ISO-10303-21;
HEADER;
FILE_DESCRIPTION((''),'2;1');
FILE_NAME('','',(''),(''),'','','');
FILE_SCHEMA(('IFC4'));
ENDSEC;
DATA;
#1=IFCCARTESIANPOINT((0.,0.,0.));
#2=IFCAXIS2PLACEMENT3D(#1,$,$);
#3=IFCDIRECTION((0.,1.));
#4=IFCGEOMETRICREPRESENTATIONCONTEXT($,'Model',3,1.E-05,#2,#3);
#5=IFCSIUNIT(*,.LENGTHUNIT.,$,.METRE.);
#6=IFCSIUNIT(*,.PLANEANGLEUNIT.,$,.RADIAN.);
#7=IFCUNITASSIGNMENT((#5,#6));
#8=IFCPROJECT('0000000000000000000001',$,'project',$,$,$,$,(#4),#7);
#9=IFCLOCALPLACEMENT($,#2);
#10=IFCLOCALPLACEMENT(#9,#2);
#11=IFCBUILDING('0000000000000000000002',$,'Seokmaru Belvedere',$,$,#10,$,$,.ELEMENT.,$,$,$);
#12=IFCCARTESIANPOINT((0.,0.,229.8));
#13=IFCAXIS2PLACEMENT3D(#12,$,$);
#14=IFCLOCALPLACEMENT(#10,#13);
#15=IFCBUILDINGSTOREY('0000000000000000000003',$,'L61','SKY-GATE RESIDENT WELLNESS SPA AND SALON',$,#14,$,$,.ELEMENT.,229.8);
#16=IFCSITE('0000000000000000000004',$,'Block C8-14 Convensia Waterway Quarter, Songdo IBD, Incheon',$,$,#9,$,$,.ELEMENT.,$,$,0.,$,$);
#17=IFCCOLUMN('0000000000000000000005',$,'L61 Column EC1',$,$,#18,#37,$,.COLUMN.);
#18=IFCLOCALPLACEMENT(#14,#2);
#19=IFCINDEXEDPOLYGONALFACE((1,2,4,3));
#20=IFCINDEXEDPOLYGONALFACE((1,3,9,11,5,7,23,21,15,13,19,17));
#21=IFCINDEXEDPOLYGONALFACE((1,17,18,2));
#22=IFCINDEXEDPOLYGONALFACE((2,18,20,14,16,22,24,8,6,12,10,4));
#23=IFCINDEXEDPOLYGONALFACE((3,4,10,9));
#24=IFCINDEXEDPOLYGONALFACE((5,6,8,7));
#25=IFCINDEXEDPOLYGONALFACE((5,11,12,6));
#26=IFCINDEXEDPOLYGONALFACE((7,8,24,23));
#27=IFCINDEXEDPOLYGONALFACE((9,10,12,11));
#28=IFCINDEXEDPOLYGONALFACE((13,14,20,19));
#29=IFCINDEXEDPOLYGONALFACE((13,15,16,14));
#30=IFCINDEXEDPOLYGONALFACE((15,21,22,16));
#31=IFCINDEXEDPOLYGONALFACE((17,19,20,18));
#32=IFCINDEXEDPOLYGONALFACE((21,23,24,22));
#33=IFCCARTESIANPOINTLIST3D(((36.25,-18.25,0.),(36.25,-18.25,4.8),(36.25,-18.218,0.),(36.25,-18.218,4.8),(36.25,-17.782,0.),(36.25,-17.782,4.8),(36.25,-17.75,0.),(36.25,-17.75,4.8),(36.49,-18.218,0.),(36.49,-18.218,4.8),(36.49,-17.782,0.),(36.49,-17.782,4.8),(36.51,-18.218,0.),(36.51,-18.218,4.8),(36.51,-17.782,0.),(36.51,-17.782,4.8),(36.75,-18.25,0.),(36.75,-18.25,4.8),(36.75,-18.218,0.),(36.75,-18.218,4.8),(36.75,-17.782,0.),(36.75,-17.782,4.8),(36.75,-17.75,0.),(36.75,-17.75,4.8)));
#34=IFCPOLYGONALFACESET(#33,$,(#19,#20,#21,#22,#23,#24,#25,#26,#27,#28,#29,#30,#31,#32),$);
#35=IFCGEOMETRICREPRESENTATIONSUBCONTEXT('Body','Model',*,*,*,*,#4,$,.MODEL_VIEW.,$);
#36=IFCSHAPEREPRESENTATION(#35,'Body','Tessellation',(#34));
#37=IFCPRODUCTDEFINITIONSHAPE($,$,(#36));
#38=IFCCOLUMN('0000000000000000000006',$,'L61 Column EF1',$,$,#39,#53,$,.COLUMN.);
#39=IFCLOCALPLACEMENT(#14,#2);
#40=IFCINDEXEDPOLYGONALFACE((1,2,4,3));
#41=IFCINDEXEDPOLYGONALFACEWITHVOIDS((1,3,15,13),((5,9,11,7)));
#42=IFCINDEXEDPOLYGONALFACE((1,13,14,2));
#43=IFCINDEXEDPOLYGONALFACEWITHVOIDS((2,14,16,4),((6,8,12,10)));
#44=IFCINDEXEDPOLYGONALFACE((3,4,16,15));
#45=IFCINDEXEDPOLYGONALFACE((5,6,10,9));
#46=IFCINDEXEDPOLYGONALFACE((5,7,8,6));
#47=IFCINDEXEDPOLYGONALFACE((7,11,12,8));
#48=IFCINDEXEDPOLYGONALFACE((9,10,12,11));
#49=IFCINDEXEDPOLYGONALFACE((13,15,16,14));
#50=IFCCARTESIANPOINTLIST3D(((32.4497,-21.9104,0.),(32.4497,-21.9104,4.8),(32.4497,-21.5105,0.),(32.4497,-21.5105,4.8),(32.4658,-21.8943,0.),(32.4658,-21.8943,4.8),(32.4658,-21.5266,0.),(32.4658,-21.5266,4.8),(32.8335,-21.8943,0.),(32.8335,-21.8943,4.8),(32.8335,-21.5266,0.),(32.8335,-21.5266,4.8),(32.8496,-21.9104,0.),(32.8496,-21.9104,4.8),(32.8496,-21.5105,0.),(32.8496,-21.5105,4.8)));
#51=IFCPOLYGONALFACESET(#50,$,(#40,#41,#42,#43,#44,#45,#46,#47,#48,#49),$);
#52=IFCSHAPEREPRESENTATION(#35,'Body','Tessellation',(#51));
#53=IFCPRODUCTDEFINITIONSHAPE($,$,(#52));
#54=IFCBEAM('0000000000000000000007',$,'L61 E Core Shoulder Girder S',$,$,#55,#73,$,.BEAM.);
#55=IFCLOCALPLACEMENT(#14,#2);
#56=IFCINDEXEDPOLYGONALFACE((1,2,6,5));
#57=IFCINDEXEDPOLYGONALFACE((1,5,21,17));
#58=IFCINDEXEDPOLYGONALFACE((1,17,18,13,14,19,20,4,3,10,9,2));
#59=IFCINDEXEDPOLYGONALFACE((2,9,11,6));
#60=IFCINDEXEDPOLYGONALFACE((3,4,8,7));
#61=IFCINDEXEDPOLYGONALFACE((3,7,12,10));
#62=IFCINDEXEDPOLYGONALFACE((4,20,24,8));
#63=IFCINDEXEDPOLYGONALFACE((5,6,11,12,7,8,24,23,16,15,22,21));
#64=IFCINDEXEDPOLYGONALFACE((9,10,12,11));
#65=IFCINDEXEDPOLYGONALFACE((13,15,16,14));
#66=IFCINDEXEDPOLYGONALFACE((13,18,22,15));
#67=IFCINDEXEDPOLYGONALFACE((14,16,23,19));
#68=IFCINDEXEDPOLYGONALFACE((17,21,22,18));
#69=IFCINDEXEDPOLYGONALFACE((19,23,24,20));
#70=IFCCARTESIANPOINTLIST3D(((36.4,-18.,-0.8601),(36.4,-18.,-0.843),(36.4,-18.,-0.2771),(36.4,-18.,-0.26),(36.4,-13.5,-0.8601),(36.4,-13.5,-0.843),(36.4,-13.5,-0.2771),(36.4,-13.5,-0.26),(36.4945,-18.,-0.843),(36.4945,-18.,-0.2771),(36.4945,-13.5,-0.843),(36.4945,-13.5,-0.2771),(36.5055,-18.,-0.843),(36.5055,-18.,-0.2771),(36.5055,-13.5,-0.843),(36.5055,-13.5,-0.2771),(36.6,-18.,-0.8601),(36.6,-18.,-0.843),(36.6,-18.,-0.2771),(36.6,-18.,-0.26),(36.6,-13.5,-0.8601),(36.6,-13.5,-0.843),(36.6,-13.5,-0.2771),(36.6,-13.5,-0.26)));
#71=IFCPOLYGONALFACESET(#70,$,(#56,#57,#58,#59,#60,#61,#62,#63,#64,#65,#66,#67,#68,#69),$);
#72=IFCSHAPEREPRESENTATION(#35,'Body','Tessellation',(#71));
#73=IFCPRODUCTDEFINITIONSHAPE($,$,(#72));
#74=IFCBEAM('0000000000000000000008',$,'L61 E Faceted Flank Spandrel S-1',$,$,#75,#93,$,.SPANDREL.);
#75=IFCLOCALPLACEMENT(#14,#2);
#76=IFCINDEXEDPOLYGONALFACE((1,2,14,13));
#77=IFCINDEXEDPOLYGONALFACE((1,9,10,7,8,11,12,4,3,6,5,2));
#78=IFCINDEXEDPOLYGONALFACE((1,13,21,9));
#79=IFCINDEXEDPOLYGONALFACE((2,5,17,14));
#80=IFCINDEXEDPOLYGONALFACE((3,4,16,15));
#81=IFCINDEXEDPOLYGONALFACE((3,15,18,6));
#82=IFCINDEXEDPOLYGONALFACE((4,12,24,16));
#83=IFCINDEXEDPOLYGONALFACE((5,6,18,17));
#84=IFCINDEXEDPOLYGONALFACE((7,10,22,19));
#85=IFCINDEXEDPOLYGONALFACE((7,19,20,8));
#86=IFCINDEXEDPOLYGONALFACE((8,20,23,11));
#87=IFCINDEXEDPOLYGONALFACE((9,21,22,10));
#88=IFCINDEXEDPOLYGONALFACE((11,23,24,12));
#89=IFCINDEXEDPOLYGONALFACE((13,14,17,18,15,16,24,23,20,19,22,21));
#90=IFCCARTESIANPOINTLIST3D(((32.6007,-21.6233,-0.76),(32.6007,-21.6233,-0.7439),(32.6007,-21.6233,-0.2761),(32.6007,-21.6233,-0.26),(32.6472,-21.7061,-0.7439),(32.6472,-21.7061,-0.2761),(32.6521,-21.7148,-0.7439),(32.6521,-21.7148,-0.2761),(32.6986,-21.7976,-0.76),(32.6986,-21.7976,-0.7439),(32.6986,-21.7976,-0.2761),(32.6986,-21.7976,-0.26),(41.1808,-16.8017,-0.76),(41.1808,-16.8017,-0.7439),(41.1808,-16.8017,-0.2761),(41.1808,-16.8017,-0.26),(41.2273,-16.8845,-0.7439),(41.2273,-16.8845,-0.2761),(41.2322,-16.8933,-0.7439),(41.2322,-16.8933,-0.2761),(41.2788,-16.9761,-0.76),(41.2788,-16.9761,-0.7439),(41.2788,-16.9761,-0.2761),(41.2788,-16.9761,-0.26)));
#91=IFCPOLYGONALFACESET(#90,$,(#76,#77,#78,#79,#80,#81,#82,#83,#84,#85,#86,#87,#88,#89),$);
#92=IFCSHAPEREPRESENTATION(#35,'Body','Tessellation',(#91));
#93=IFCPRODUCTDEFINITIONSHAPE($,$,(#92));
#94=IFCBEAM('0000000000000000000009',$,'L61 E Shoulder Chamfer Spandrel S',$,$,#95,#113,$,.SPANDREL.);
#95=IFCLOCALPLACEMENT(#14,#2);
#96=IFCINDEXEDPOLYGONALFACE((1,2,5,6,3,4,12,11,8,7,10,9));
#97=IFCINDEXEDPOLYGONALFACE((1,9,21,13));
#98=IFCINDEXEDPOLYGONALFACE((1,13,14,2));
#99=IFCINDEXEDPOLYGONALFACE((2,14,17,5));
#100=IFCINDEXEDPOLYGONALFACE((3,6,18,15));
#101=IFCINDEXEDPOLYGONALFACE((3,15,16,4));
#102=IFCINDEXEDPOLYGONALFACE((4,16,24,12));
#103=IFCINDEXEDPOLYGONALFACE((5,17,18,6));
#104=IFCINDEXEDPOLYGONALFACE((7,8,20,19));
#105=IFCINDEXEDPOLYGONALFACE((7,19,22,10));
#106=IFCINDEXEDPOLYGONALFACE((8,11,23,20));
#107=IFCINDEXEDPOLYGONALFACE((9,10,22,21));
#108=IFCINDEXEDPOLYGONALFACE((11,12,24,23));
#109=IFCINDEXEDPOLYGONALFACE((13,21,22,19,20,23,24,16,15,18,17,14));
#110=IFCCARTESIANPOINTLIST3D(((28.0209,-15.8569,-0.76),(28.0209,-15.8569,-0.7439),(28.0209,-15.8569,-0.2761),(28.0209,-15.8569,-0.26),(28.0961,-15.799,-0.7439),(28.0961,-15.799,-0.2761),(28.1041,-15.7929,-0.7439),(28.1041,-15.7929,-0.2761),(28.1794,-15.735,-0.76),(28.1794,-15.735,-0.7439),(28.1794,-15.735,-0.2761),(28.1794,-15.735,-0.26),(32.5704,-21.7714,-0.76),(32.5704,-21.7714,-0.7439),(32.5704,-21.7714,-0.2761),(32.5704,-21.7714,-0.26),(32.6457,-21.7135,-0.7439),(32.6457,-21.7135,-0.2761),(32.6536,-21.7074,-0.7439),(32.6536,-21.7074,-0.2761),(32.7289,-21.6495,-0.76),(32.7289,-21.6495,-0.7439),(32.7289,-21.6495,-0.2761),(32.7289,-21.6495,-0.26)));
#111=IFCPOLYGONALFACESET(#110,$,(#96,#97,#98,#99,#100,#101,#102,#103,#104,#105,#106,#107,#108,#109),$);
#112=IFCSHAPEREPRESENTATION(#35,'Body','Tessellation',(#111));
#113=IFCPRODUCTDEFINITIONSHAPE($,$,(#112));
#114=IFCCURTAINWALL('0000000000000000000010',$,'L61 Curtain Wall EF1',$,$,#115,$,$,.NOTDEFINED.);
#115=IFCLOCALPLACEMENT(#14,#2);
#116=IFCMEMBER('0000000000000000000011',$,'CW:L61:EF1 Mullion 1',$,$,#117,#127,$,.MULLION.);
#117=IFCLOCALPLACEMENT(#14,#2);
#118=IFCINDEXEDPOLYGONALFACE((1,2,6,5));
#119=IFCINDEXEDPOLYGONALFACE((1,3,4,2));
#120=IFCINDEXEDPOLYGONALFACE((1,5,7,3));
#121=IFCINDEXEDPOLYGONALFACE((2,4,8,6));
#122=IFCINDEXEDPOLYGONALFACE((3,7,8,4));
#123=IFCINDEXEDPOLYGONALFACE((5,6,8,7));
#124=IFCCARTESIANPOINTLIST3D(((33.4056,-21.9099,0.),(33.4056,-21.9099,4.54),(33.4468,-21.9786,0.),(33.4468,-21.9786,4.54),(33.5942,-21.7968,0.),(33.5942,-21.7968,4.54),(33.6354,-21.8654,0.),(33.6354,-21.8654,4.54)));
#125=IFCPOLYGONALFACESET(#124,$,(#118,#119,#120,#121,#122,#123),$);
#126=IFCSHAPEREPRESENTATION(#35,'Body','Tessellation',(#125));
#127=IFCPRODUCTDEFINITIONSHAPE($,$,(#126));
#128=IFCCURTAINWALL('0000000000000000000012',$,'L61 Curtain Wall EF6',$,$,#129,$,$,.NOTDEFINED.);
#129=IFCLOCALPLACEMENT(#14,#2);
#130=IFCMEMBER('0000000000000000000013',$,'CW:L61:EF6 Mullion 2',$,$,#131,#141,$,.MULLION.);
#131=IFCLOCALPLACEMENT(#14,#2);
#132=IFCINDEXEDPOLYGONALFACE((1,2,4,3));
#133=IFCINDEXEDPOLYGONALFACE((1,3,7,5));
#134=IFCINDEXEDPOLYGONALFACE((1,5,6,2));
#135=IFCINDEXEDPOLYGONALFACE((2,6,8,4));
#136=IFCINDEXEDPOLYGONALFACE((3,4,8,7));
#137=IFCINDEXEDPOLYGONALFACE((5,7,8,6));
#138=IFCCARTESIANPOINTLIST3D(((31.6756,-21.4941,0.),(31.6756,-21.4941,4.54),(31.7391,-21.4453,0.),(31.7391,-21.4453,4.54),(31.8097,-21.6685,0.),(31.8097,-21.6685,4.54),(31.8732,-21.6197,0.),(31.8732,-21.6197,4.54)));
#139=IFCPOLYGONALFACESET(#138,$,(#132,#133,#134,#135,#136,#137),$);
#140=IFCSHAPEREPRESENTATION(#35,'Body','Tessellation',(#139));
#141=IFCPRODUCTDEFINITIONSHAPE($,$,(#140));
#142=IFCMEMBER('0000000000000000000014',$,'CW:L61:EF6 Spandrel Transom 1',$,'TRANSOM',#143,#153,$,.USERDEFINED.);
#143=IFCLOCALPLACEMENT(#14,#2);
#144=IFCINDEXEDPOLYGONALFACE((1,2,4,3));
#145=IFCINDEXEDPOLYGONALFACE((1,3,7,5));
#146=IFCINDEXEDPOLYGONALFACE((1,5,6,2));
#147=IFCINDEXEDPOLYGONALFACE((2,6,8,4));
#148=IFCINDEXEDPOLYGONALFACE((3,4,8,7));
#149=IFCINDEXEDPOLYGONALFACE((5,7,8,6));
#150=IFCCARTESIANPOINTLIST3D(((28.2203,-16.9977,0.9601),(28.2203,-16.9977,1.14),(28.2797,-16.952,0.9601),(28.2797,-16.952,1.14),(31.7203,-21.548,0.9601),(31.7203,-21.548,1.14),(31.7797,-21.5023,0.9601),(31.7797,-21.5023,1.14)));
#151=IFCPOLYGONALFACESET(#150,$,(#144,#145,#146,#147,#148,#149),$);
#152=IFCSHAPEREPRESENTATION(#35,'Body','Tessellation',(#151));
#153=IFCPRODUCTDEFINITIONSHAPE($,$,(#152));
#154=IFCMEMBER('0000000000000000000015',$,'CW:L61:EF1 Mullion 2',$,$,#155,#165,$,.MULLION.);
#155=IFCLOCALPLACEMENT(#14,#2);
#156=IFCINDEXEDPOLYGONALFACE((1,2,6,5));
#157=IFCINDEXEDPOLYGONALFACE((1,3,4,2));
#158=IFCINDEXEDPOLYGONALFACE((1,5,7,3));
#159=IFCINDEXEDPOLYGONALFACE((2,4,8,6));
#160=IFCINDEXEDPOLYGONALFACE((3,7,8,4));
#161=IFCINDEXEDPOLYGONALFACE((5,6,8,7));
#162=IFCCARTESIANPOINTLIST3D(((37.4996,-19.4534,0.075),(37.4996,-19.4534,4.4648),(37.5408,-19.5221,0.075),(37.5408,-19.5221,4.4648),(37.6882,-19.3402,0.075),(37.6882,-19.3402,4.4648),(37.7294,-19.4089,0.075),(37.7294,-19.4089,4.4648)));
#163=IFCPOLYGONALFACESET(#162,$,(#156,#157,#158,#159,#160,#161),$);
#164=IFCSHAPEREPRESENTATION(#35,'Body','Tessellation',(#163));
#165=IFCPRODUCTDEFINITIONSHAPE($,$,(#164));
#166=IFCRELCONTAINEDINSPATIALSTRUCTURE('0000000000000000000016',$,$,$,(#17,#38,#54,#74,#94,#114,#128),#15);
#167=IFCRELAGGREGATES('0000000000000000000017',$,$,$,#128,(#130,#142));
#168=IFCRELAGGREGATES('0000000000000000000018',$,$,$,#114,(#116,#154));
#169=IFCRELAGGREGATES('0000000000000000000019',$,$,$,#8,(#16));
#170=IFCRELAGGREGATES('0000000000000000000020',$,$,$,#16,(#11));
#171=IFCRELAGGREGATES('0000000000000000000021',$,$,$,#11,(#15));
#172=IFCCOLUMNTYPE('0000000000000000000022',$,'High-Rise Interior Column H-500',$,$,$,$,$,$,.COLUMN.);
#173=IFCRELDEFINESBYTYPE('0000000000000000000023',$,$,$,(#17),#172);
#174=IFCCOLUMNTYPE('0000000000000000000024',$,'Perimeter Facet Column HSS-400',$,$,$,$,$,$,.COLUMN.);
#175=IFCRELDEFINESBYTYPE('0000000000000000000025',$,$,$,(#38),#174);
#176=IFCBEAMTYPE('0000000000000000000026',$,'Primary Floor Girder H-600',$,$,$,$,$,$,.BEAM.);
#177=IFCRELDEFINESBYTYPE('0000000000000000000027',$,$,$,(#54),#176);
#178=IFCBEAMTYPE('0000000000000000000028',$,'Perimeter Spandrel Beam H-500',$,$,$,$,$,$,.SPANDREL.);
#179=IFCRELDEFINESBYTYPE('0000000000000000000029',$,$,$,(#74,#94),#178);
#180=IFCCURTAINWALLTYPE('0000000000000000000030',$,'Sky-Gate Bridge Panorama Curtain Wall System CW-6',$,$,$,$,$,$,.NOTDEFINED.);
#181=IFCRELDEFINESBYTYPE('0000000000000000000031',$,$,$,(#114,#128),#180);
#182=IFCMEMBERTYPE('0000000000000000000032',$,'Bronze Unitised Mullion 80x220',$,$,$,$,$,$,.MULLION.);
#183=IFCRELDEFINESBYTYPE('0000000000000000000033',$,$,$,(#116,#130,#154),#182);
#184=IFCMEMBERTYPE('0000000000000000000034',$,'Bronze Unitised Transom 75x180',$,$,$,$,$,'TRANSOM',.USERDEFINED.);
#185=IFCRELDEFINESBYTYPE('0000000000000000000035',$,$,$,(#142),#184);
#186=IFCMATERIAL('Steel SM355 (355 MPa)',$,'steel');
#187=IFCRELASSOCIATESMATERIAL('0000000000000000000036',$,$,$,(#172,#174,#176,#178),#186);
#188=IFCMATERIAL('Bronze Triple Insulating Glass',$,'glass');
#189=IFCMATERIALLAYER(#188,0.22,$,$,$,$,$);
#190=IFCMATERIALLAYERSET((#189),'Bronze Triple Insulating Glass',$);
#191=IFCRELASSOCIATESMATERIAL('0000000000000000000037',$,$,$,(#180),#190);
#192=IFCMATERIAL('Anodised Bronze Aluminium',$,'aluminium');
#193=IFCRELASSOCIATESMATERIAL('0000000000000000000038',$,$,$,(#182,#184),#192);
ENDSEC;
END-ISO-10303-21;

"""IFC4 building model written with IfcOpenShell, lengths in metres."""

from ifc_helpers import new_model, si_unit, direction, frame, origin, origin_2d, place, context, subcontext, project, spatial, rectangle, hollow_rectangle, i_section, extrude, source, transform, mapped, material, layer, layer_set, material_profile, profile_set, type_object, type_shapes, element, aggregate, save


model = new_model("IFC4")

# Units and contexts
model_context = context("Model", 3, precision=1e-05, world=origin(), true_north=direction((0.0, 1.0)))
body_context = subcontext(model_context, "Body", "Model", "MODEL_VIEW")
ifc_project = project(units=[si_unit("LENGTHUNIT", "METRE"), si_unit("PLANEANGLEUNIT", "RADIAN")], contexts=[model_context])

# Site, building, storey
site_placement = place(None, origin())
site = spatial("IfcSite", under=ifc_project, at=site_placement, Name="Block C8-14 Convensia Waterway Quarter, Songdo IBD, Incheon", CompositionType="ELEMENT", RefElevation=0.0)
building_placement = place(site_placement, origin())
building = spatial("IfcBuilding", under=site, at=building_placement, Name="Seokmaru Belvedere", CompositionType="ELEMENT")
storey_placement = place(building_placement, frame((0.0, 0.0, 229.8)))
storey = spatial("IfcBuildingStorey", under=building, at=storey_placement, Name="L61", Description="SKY-GATE RESIDENT WELLNESS SPA AND SALON", CompositionType="ELEMENT", Elevation=229.8)

# Columns
ifc_material_1 = material(Name="Steel SM355 (355 MPa)", Category="steel")
ifc_material_profile_1 = material_profile(ifc_material_1, i_section(OverallWidth=0.5, OverallDepth=0.5, WebThickness=0.02, FlangeThickness=0.032, at=origin_2d()), Name="H-500x500x20x32")
ifc_profile_set_1 = profile_set([ifc_material_profile_1], Name="Steel SM355 (355 MPa)")
column_type_1 = type_object("IfcColumnType", Name="High-Rise Interior Column H-500", PredefinedType="COLUMN", material=ifc_profile_set_1)
shared_shape_1 = source(origin(), body_context, "Body", "SweptSolid", [
    extrude(i_section(OverallWidth=0.5, OverallDepth=0.5, WebThickness=0.02, FlangeThickness=0.032, at=origin_2d()), origin(), (0.0, 0.0, 1.0), 4.8),
])
type_shapes(column_type_1, [shared_shape_1])
column_1_placement = place(storey_placement, frame((36.5, -18.0, 0.0), z_axis=(0.0, 0.0, 1.0), x_axis=(1.0, 0.0, 0.0)))
element("IfcColumn", 1, at=column_1_placement, inside=storey, type_object=column_type_1, Name="L61 Column EC1", PredefinedType="COLUMN", context=body_context, shape_type="MappedRepresentation", body=[
    mapped(shared_shape_1, transform((0.0, 0.0, 0.0), scale=1.0)),
])
ifc_material_profile_2 = material_profile(ifc_material_1, hollow_rectangle(XDim=0.3999, YDim=0.3999, WallThickness=0.0161, at=origin_2d()), Name="HSS-400x400x16")
ifc_profile_set_2 = profile_set([ifc_material_profile_2], Name="Steel SM355 (355 MPa)")
column_type_2 = type_object("IfcColumnType", Name="Perimeter Facet Column HSS-400", PredefinedType="COLUMN", material=ifc_profile_set_2)
shared_shape_2 = source(origin(), body_context, "Body", "SweptSolid", [
    extrude(hollow_rectangle(XDim=0.3999, YDim=0.3999, WallThickness=0.0161, at=origin_2d()), origin(), (0.0, 0.0, 1.0), 4.8),
])
type_shapes(column_type_2, [shared_shape_2])
column_2_placement = place(storey_placement, frame((32.6497, -21.7104, 0.0), z_axis=(0.0, 0.0, 1.0), x_axis=(1.0, 0.0, 0.0)))
element("IfcColumn", 2, at=column_2_placement, inside=storey, type_object=column_type_2, Name="L61 Column EF1", PredefinedType="COLUMN", context=body_context, shape_type="MappedRepresentation", body=[
    mapped(shared_shape_2, transform((0.0, 0.0, 0.0), scale=1.0)),
])

# Beams
ifc_material_profile_3 = material_profile(ifc_material_1, i_section(OverallWidth=0.2, OverallDepth=0.6001, WebThickness=0.011, FlangeThickness=0.0171, at=origin_2d()), Name="H-600x200x11x17")
ifc_profile_set_3 = profile_set([ifc_material_profile_3], Name="Steel SM355 (355 MPa)")
beam_type_1 = type_object("IfcBeamType", Name="Primary Floor Girder H-600", PredefinedType="BEAM", material=ifc_profile_set_3)
shared_shape_3 = source(origin(), body_context, "Body", "SweptSolid", [
    extrude(i_section(OverallWidth=0.2, OverallDepth=0.6001, WebThickness=0.011, FlangeThickness=0.0171, at=origin_2d()), origin(), (0.0, 0.0, 1.0), 4.5),
])
type_shapes(beam_type_1, [shared_shape_3])
beam_1_placement = place(storey_placement, frame((36.5, -18.0, -0.5601), z_axis=(0.0, 1.0, 0.0), x_axis=(-1.0, 0.0, 0.0)))
element("IfcBeam", 3, at=beam_1_placement, inside=storey, type_object=beam_type_1, Name="L61 E Core Shoulder Girder S", PredefinedType="BEAM", context=body_context, shape_type="MappedRepresentation", body=[
    mapped(shared_shape_3, transform((0.0, 0.0, 0.0), scale=1.0)),
])
ifc_material_profile_4 = material_profile(ifc_material_1, i_section(OverallWidth=0.2, OverallDepth=0.5, WebThickness=0.01, FlangeThickness=0.0161, at=origin_2d()), Name="H-500x200x10x16")
ifc_profile_set_4 = profile_set([ifc_material_profile_4], Name="Steel SM355 (355 MPa)")
beam_type_2 = type_object("IfcBeamType", Name="Perimeter Spandrel Beam H-500", PredefinedType="SPANDREL", material=ifc_profile_set_4)
shared_shape_4 = source(origin(), body_context, "Body", "SweptSolid", [
    extrude(i_section(OverallWidth=0.2, OverallDepth=0.5, WebThickness=0.01, FlangeThickness=0.0161, at=origin_2d()), origin(), (0.0, 0.0, 1.0), 9.842),
])
beam_2_placement = place(storey_placement, frame((32.6497, -21.7104, -0.51), z_axis=(0.871782, 0.489894, 0.0), x_axis=(-0.489894, 0.871782, 0.0)))
element("IfcBeam", 4, at=beam_2_placement, inside=storey, type_object=beam_type_2, Name="L61 E Faceted Flank Spandrel S-1", PredefinedType="SPANDREL", context=body_context, shape_type="MappedRepresentation", body=[
    mapped(shared_shape_4, transform((0.0, 0.0, 0.0), scale=1.0)),
])
shared_shape_5 = source(origin(), body_context, "Body", "SweptSolid", [
    extrude(i_section(OverallWidth=0.2, OverallDepth=0.5, WebThickness=0.01, FlangeThickness=0.0161, at=origin_2d()), origin(), (0.0, 0.0, 1.0), 7.4619),
])
type_shapes(beam_type_2, [shared_shape_4, shared_shape_5])
beam_3_placement = place(storey_placement, frame((32.6497, -21.7104, -0.51), z_axis=(-0.609703, 0.79263, 0.0), x_axis=(-0.79263, -0.609703, 0.0)))
element("IfcBeam", 5, at=beam_3_placement, inside=storey, type_object=beam_type_2, Name="L61 E Shoulder Chamfer Spandrel S", PredefinedType="SPANDREL", context=body_context, shape_type="MappedRepresentation", body=[
    mapped(shared_shape_5, transform((0.0, 0.0, 0.0), scale=1.0)),
])

# Curtain wall, member
ifc_material_2 = material(Name="Bronze Triple Insulating Glass", Category="glass")
ifc_layer_1 = layer(ifc_material_2, 0.22)
ifc_layer_set_1 = layer_set([ifc_layer_1], Name="Bronze Triple Insulating Glass")
curtain_wall_type = type_object("IfcCurtainWallType", Name="Sky-Gate Bridge Panorama Curtain Wall System CW-6", PredefinedType="NOTDEFINED", material=ifc_layer_set_1)
curtain_wall_1_placement = place(storey_placement, origin())
curtain_wall_1 = element("IfcCurtainWall", 6, at=curtain_wall_1_placement, inside=storey, type_object=curtain_wall_type, Name="L61 Curtain Wall EF1", PredefinedType="NOTDEFINED")
ifc_material_3 = material(Name="Anodised Bronze Aluminium", Category="aluminium")
ifc_material_profile_5 = material_profile(ifc_material_3, rectangle(XDim=0.0801, YDim=0.22, at=origin_2d()), Name="CW-M-80x220")
ifc_profile_set_5 = profile_set([ifc_material_profile_5], Name="Anodised Bronze Aluminium")
member_type_1 = type_object("IfcMemberType", Name="Bronze Unitised Mullion 80x220", PredefinedType="MULLION", material=ifc_profile_set_5)
shared_shape_6 = source(origin(), body_context, "Body", "SweptSolid", [
    extrude(rectangle(XDim=0.0801, YDim=0.22, at=origin_2d()), origin(), (0.0, 0.0, 1.0), 4.54),
])
member_1_placement = place(storey_placement, frame((33.5205, -21.8877, 0.0), z_axis=(0.0, 0.0, 1.0), x_axis=(-0.514495, 0.857493, 0.0)))
member_1 = element("IfcMember", 7, at=member_1_placement, type_object=member_type_1, Name="CW:L61:EF1 Mullion 1", PredefinedType="MULLION", context=body_context, shape_type="MappedRepresentation", body=[
    mapped(shared_shape_6, transform((0.0, 0.0, 0.0), scale=1.0)),
])

# Curtain wall, members
curtain_wall_2_placement = place(storey_placement, origin())
curtain_wall_2 = element("IfcCurtainWall", 8, at=curtain_wall_2_placement, inside=storey, type_object=curtain_wall_type, Name="L61 Curtain Wall EF6", PredefinedType="NOTDEFINED")
member_2_placement = place(storey_placement, frame((31.7744, -21.5569, 0.0), z_axis=(0.0, 0.0, 1.0), x_axis=(0.792631, 0.609701, 0.0)))
member_2 = element("IfcMember", 9, at=member_2_placement, type_object=member_type_1, Name="CW:L61:EF6 Mullion 2", PredefinedType="MULLION", context=body_context, shape_type="MappedRepresentation", body=[
    mapped(shared_shape_6, transform((0.0, 0.0, 0.0), scale=1.0)),
])
ifc_material_profile_6 = material_profile(ifc_material_3, rectangle(XDim=0.075, YDim=0.1799, at=origin_2d()), Name="CW-T-75x180")
ifc_profile_set_6 = profile_set([ifc_material_profile_6], Name="Anodised Bronze Aluminium")
member_type_2 = type_object("IfcMemberType", Name="Bronze Unitised Transom 75x180", ElementType="TRANSOM", PredefinedType="USERDEFINED", material=ifc_profile_set_6)
shared_shape_7 = source(origin(), body_context, "Body", "SweptSolid", [
    extrude(rectangle(XDim=0.075, YDim=0.1799, at=origin_2d()), origin(), (0.0, 0.0, 1.0), 5.7407),
])
member_3_placement = place(storey_placement, frame((28.25, -16.9749, 1.05), z_axis=(0.609686, -0.792643, 0.0), x_axis=(0.792643, 0.609686, 0.0)))
member_3 = element("IfcMember", 10, at=member_3_placement, type_object=member_type_2, Name="CW:L61:EF6 Spandrel Transom 1", ObjectType="TRANSOM", PredefinedType="USERDEFINED", context=body_context, shape_type="MappedRepresentation", body=[
    mapped(shared_shape_7, transform((0.0, 0.0, 0.0), scale=1.0)),
])

# Member
shared_shape_8 = source(origin(), body_context, "Body", "SweptSolid", [
    extrude(rectangle(XDim=0.0801, YDim=0.22, at=origin_2d()), origin(), (0.0, 0.0, 1.0), 4.3899),
])
type_shapes(member_type_1, [shared_shape_6, shared_shape_8])
member_4_placement = place(storey_placement, frame((37.6145, -19.4312, 0.075), z_axis=(0.0, 0.0, 1.0), x_axis=(-0.514495, 0.857493, 0.0)))
member_4 = element("IfcMember", 11, at=member_4_placement, type_object=member_type_1, Name="CW:L61:EF1 Mullion 2", PredefinedType="MULLION", context=body_context, shape_type="MappedRepresentation", body=[
    mapped(shared_shape_8, transform((0.0, 0.0, 0.0), scale=1.0)),
])

aggregate(curtain_wall_2, [member_2, member_3])
aggregate(curtain_wall_1, [member_1, member_4])

save(model, "model.ifc")
